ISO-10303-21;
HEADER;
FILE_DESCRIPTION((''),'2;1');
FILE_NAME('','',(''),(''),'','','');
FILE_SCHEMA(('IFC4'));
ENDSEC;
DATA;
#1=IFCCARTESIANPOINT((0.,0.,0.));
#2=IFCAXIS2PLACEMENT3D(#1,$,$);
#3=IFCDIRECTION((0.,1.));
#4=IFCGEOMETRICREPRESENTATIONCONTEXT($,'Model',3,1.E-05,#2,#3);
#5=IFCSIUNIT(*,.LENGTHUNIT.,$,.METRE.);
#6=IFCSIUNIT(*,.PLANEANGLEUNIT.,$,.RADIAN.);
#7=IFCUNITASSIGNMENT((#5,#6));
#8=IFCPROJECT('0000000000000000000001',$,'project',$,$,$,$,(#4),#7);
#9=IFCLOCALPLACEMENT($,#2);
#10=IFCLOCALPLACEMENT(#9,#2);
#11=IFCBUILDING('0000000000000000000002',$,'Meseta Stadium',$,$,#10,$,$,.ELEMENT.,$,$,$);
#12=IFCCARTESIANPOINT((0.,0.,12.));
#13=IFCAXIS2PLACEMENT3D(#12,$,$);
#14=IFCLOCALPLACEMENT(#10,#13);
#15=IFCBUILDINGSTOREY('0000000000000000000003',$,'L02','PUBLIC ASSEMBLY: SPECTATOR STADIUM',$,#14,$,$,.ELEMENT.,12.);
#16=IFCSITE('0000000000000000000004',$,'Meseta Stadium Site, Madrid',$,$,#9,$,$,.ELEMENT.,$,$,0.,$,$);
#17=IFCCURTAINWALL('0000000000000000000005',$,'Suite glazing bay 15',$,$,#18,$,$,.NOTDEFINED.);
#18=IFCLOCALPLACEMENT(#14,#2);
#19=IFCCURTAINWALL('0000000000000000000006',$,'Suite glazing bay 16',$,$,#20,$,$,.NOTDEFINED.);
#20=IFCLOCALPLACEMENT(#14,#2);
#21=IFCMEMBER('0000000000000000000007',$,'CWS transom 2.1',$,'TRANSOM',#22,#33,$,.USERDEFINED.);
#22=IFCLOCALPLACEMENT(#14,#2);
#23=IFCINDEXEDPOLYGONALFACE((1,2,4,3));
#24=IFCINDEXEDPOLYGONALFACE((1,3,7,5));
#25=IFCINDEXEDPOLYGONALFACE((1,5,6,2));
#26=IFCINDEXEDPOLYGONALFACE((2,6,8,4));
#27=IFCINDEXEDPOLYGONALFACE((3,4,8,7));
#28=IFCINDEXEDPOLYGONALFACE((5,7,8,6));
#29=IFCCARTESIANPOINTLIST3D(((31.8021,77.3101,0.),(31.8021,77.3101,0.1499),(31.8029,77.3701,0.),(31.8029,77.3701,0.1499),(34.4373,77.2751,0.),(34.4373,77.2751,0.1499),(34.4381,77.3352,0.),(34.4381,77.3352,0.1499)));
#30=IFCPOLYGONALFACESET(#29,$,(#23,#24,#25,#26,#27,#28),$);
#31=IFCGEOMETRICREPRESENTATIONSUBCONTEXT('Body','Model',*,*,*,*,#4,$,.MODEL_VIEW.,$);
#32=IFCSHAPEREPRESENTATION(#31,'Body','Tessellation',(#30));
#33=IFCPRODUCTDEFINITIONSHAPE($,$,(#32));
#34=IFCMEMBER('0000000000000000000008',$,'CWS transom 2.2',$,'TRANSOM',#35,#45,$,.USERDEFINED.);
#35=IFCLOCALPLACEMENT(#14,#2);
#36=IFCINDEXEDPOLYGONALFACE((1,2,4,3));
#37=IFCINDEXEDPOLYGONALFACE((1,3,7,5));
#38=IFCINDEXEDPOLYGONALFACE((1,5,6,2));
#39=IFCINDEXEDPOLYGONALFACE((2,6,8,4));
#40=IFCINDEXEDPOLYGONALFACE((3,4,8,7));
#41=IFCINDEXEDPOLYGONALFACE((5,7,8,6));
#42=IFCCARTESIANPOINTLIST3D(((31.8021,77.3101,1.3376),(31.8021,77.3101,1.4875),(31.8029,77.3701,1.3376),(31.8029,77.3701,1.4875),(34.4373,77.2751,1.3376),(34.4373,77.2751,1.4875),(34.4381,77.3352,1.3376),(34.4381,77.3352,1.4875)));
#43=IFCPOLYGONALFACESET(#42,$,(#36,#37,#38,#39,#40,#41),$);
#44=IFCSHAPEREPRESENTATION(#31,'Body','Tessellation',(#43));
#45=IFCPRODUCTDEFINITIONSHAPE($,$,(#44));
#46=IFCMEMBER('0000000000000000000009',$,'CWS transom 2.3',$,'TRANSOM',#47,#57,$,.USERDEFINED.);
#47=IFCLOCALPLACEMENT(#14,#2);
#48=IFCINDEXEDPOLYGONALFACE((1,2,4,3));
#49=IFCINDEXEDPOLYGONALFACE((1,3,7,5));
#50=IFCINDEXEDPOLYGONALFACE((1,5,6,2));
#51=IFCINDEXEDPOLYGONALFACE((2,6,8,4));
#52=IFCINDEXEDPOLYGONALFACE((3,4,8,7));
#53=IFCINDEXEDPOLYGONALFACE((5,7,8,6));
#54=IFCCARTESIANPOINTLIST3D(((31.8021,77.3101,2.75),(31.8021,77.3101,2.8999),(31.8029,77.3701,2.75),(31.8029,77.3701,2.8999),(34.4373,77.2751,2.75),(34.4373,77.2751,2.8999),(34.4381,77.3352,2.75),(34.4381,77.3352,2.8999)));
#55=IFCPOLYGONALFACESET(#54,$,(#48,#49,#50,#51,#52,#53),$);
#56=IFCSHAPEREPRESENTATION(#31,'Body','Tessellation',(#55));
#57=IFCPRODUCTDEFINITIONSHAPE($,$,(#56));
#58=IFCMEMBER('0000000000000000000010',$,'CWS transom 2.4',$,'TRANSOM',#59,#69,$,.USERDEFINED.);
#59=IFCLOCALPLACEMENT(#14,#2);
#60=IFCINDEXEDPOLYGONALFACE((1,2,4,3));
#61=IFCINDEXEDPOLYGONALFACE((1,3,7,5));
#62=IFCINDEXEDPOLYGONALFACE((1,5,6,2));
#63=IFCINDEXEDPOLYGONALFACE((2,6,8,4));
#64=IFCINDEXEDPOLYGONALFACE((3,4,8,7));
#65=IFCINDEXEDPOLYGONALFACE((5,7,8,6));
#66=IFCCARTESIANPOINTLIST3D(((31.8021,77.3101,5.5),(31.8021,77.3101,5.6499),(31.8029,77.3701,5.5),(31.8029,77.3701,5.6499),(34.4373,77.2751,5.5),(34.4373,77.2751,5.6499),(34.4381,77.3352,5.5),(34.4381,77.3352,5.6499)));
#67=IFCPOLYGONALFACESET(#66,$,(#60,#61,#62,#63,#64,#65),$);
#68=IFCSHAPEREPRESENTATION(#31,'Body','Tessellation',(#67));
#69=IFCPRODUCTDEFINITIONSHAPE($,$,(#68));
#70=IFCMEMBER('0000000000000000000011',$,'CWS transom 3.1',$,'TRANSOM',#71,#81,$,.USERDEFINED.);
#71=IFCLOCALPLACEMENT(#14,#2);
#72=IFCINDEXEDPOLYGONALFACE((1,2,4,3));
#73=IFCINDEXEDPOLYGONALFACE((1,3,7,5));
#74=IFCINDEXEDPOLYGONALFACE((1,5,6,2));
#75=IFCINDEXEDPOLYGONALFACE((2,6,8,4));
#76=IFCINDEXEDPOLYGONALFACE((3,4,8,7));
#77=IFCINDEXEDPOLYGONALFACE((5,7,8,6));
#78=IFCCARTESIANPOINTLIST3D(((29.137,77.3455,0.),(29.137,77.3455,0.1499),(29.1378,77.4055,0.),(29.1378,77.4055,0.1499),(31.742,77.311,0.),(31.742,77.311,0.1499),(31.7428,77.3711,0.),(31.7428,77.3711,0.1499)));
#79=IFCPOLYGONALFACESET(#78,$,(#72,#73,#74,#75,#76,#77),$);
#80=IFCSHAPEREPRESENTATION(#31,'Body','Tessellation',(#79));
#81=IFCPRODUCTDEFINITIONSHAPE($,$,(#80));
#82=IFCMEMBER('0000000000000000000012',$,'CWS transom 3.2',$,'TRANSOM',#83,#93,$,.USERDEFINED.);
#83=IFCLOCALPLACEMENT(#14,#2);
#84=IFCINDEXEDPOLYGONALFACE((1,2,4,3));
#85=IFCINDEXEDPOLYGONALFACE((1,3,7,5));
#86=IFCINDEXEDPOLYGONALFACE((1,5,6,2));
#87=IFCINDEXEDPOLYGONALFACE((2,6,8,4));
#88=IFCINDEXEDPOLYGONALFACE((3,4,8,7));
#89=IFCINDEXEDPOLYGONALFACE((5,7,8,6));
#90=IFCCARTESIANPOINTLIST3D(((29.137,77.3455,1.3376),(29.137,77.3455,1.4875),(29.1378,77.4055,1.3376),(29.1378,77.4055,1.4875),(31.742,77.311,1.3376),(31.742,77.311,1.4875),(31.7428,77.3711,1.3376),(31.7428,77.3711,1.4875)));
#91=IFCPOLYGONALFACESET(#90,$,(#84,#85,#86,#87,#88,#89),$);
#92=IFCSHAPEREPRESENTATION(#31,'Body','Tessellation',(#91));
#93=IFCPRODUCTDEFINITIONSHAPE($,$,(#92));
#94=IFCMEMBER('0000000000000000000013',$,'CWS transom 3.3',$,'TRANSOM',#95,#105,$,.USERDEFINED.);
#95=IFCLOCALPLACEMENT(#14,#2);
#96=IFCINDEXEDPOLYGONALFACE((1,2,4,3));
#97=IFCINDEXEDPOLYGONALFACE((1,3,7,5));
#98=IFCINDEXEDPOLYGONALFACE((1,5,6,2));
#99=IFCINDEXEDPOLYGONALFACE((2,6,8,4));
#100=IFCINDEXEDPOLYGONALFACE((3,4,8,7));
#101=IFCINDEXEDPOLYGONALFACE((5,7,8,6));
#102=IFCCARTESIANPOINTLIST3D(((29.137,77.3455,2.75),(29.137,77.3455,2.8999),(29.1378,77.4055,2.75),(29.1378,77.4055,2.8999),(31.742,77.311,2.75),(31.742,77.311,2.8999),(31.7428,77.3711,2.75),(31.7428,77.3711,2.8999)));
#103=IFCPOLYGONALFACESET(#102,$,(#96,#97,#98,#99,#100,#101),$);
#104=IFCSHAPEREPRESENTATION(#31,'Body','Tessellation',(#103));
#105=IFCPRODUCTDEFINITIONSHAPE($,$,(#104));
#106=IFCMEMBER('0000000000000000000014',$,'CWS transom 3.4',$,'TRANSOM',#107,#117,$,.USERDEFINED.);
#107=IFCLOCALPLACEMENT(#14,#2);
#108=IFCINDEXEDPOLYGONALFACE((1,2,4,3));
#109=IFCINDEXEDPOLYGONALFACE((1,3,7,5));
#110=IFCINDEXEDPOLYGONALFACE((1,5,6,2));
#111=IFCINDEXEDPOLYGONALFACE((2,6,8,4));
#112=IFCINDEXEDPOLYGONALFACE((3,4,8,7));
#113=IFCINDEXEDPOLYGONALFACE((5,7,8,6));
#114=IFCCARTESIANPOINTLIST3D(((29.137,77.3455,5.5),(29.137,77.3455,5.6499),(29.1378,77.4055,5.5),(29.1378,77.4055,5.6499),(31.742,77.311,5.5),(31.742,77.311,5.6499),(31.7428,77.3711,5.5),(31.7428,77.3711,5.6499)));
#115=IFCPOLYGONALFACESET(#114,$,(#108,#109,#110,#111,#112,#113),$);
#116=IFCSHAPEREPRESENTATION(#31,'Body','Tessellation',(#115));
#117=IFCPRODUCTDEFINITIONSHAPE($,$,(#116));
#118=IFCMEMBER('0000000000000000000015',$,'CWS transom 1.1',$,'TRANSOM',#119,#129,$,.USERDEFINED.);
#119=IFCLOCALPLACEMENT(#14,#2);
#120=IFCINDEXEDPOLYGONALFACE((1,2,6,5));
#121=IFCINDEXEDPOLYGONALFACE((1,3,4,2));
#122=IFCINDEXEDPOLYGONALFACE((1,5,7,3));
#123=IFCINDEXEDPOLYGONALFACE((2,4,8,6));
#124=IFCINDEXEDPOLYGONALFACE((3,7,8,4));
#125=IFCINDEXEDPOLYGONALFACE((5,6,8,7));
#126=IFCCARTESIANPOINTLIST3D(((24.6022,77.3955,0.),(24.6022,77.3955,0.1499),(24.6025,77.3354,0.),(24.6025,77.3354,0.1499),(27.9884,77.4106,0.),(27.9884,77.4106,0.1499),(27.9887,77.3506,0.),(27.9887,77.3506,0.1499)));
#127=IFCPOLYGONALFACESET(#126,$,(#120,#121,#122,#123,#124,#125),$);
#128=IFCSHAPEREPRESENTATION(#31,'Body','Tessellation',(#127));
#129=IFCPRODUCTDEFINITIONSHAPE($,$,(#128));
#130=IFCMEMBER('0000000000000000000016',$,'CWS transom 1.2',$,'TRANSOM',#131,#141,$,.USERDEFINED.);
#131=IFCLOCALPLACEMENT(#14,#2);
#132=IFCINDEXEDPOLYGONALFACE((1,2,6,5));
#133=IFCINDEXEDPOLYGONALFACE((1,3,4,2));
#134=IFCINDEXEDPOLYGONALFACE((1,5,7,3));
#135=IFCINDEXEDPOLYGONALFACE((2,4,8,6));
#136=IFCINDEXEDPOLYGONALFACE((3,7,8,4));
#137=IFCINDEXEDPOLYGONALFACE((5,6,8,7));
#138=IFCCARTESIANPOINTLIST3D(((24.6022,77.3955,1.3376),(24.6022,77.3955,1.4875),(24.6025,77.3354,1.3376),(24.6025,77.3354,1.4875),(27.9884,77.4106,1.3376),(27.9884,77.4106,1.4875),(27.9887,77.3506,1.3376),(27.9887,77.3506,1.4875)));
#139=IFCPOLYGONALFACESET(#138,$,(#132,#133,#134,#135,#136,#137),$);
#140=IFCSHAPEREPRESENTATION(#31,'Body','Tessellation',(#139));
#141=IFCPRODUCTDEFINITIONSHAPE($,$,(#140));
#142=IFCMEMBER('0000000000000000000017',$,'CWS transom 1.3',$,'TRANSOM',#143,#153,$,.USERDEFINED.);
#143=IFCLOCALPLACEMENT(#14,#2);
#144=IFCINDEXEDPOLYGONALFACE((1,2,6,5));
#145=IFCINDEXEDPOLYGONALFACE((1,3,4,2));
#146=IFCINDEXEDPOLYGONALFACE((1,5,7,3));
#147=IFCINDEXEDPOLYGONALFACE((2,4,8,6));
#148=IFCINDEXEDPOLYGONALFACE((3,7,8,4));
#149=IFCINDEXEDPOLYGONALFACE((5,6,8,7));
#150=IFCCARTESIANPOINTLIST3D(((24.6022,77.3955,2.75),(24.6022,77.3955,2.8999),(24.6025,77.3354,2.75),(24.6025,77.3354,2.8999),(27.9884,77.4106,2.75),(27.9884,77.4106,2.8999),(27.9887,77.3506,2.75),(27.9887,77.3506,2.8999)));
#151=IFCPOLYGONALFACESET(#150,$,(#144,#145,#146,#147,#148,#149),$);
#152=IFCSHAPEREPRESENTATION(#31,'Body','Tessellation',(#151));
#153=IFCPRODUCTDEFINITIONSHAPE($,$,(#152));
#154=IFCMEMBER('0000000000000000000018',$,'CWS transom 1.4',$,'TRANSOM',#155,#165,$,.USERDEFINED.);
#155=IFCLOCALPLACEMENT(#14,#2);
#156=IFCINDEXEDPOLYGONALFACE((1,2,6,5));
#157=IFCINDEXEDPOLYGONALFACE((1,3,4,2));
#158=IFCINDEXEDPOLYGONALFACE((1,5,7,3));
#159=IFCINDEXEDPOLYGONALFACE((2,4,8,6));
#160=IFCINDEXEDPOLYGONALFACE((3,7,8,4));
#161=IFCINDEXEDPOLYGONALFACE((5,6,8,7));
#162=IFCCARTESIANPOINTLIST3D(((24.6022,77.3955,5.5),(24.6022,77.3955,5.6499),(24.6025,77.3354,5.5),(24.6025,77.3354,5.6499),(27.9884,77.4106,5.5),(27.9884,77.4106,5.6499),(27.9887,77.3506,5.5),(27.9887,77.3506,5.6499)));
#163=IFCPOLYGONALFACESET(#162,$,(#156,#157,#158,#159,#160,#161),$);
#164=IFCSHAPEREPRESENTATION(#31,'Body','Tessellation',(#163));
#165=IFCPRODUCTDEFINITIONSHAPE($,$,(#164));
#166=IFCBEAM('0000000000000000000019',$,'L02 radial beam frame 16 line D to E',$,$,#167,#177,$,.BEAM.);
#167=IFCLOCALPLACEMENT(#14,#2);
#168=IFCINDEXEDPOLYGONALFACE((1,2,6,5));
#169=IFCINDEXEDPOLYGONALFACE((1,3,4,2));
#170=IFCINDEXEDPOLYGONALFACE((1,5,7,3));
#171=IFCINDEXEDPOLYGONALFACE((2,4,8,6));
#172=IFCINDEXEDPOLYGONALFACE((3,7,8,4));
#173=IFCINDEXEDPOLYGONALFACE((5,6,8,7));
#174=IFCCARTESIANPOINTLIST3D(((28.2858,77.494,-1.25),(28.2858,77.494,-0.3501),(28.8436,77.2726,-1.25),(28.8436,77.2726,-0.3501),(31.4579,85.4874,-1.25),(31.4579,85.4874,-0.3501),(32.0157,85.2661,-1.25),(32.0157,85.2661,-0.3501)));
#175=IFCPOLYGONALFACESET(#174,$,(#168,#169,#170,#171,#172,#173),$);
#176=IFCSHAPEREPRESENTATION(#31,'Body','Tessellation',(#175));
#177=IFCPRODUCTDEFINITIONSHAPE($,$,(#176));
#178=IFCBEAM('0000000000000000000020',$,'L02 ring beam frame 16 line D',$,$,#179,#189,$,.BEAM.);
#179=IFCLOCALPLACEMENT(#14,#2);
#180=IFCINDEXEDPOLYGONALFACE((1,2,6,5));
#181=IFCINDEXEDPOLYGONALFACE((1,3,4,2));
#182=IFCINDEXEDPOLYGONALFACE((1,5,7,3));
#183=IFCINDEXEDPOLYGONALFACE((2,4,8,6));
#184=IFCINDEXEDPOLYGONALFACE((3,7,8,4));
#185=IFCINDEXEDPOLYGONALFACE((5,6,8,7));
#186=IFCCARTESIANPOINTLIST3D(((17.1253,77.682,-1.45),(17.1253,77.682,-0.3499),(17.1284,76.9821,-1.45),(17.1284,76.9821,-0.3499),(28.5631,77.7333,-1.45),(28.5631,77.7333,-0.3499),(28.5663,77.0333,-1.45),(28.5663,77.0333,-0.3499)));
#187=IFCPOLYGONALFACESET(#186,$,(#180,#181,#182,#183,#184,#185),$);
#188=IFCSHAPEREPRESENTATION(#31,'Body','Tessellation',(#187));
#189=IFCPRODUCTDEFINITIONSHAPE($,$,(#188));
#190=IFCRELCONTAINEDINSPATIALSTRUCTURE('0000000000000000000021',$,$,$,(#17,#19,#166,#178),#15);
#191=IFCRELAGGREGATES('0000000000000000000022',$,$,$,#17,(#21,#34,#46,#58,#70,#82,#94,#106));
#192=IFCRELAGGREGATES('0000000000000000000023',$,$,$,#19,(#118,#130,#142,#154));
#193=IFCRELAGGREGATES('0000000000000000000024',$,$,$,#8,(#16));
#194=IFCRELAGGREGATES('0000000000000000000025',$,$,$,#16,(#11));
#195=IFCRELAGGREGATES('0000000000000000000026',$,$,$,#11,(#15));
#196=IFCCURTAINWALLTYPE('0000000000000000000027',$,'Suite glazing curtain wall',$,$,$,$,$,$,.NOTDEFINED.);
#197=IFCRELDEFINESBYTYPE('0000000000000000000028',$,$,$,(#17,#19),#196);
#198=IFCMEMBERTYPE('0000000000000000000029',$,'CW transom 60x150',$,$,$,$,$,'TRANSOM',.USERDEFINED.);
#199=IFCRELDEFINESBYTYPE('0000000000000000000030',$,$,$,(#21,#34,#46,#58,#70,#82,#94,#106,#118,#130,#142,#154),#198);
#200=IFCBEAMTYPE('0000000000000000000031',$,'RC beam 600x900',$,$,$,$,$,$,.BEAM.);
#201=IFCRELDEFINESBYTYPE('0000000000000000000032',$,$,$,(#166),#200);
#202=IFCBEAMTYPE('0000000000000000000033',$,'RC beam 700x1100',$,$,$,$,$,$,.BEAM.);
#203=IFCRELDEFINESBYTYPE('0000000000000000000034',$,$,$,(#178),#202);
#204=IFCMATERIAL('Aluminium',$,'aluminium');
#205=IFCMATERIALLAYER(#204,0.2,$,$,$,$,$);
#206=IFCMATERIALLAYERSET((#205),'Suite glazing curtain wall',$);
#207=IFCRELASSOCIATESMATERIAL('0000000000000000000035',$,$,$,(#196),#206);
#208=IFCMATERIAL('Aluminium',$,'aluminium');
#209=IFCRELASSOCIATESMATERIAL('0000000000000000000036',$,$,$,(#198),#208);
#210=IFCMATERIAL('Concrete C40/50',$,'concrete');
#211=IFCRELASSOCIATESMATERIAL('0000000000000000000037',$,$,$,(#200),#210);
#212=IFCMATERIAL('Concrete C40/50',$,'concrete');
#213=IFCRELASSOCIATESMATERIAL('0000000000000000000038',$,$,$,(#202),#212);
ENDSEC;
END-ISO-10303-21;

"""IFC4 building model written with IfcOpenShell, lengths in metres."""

from ifc_helpers import new_model, si_unit, direction, frame, origin, origin_2d, place, context, subcontext, project, spatial, rectangle, extrude, material, layer, layer_set, material_profile, profile_set, type_object, element, aggregate, save


model = new_model("IFC4")

# Units and contexts
model_context = context("Model", 3, precision=1e-05, world=origin(), true_north=direction((0.0, 1.0)))
body_context = subcontext(model_context, "Body", "Model", "MODEL_VIEW")
ifc_project = project(units=[si_unit("LENGTHUNIT", "METRE"), si_unit("PLANEANGLEUNIT", "RADIAN")], contexts=[model_context])

# Site, building, storey
site_placement = place(None, origin())
site = spatial("IfcSite", under=ifc_project, at=site_placement, Name="Meseta Stadium Site, Madrid", CompositionType="ELEMENT", RefElevation=0.0)
building_placement = place(site_placement, origin())
building = spatial("IfcBuilding", under=site, at=building_placement, Name="Meseta Stadium", CompositionType="ELEMENT")
storey_placement = place(building_placement, frame((0.0, 0.0, 12.0)))
storey = spatial("IfcBuildingStorey", under=building, at=storey_placement, Name="L02", Description="PUBLIC ASSEMBLY: SPECTATOR STADIUM", CompositionType="ELEMENT", Elevation=12.0)

# Curtain wall
ifc_material_1 = material(Name="Aluminium", Category="aluminium")
ifc_layer_1 = layer(ifc_material_1, 0.2)
ifc_layer_set_1 = layer_set([ifc_layer_1], Name="Suite glazing curtain wall")
curtain_wall_type = type_object("IfcCurtainWallType", Name="Suite glazing curtain wall", PredefinedType="NOTDEFINED", material=ifc_layer_set_1)
curtain_wall_1_placement = place(storey_placement, origin())
curtain_wall_1 = element("IfcCurtainWall", 1, at=curtain_wall_1_placement, inside=storey, type_object=curtain_wall_type, Name="Suite glazing bay 15", PredefinedType="NOTDEFINED")

# Curtain wall
curtain_wall_2_placement = place(storey_placement, origin())
curtain_wall_2 = element("IfcCurtainWall", 2, at=curtain_wall_2_placement, inside=storey, type_object=curtain_wall_type, Name="Suite glazing bay 16", PredefinedType="NOTDEFINED")

# Members
ifc_material_2 = material(Name="Aluminium", Category="aluminium")
ifc_material_profile_1 = material_profile(ifc_material_2, rectangle(XDim=0.0601, YDim=0.1499, at=origin_2d()), Name="CW 60x150")
ifc_profile_set_1 = profile_set([ifc_material_profile_1], Name="Aluminium")
member_type_1 = type_object("IfcMemberType", Name="CW transom 60x150", ElementType="TRANSOM", PredefinedType="USERDEFINED", material=ifc_profile_set_1)
member_1_placement = place(storey_placement, frame((34.4377, 77.3052, 0.075), z_axis=(-0.999912, 0.013247, 0.0), x_axis=(-0.013247, -0.999912, 0.0)))
member_1 = element("IfcMember", 3, at=member_1_placement, type_object=member_type_1, Name="CWS transom 2.1", ObjectType="TRANSOM", PredefinedType="USERDEFINED", context=body_context, shape_type="SweptSolid", body=[
    extrude(rectangle(XDim=0.0601, YDim=0.1499, at=origin_2d()), origin(), (0.0, 0.0, 1.0), 2.6355),
])
member_2_placement = place(storey_placement, frame((34.4377, 77.3052, 1.4126), z_axis=(-0.999912, 0.013247, 0.0), x_axis=(-0.013247, -0.999912, 0.0)))
member_2 = element("IfcMember", 4, at=member_2_placement, type_object=member_type_1, Name="CWS transom 2.2", ObjectType="TRANSOM", PredefinedType="USERDEFINED", context=body_context, shape_type="SweptSolid", body=[
    extrude(rectangle(XDim=0.0601, YDim=0.1499, at=origin_2d()), origin(), (0.0, 0.0, 1.0), 2.6355),
])
member_3_placement = place(storey_placement, frame((34.4377, 77.3052, 2.825), z_axis=(-0.999912, 0.013247, 0.0), x_axis=(-0.013247, -0.999912, 0.0)))
member_3 = element("IfcMember", 5, at=member_3_placement, type_object=member_type_1, Name="CWS transom 2.3", ObjectType="TRANSOM", PredefinedType="USERDEFINED", context=body_context, shape_type="SweptSolid", body=[
    extrude(rectangle(XDim=0.0601, YDim=0.1499, at=origin_2d()), origin(), (0.0, 0.0, 1.0), 2.6355),
])
member_4_placement = place(storey_placement, frame((34.4377, 77.3052, 5.575), z_axis=(-0.999912, 0.013247, 0.0), x_axis=(-0.013247, -0.999912, 0.0)))
member_4 = element("IfcMember", 6, at=member_4_placement, type_object=member_type_1, Name="CWS transom 2.4", ObjectType="TRANSOM", PredefinedType="USERDEFINED", context=body_context, shape_type="SweptSolid", body=[
    extrude(rectangle(XDim=0.0601, YDim=0.1499, at=origin_2d()), origin(), (0.0, 0.0, 1.0), 2.6355),
])
member_5_placement = place(storey_placement, frame((31.7424, 77.3411, 0.075), z_axis=(-0.999913, 0.013213, 0.0), x_axis=(-0.013213, -0.999913, 0.0)))
member_5 = element("IfcMember", 7, at=member_5_placement, type_object=member_type_1, Name="CWS transom 3.1", ObjectType="TRANSOM", PredefinedType="USERDEFINED", context=body_context, shape_type="SweptSolid", body=[
    extrude(rectangle(XDim=0.0601, YDim=0.1499, at=origin_2d()), origin(), (0.0, 0.0, 1.0), 2.6052),
])
member_6_placement = place(storey_placement, frame((31.7424, 77.3411, 1.4126), z_axis=(-0.999913, 0.013213, 0.0), x_axis=(-0.013213, -0.999913, 0.0)))
member_6 = element("IfcMember", 8, at=member_6_placement, type_object=member_type_1, Name="CWS transom 3.2", ObjectType="TRANSOM", PredefinedType="USERDEFINED", context=body_context, shape_type="SweptSolid", body=[
    extrude(rectangle(XDim=0.0601, YDim=0.1499, at=origin_2d()), origin(), (0.0, 0.0, 1.0), 2.6052),
])
member_7_placement = place(storey_placement, frame((31.7424, 77.3411, 2.825), z_axis=(-0.999913, 0.013213, 0.0), x_axis=(-0.013213, -0.999913, 0.0)))
member_7 = element("IfcMember", 9, at=member_7_placement, type_object=member_type_1, Name="CWS transom 3.3", ObjectType="TRANSOM", PredefinedType="USERDEFINED", context=body_context, shape_type="SweptSolid", body=[
    extrude(rectangle(XDim=0.0601, YDim=0.1499, at=origin_2d()), origin(), (0.0, 0.0, 1.0), 2.6052),
])
member_8_placement = place(storey_placement, frame((31.7424, 77.3411, 5.575), z_axis=(-0.999913, 0.013213, 0.0), x_axis=(-0.013213, -0.999913, 0.0)))
member_8 = element("IfcMember", 10, at=member_8_placement, type_object=member_type_1, Name="CWS transom 3.4", ObjectType="TRANSOM", PredefinedType="USERDEFINED", context=body_context, shape_type="SweptSolid", body=[
    extrude(rectangle(XDim=0.0601, YDim=0.1499, at=origin_2d()), origin(), (0.0, 0.0, 1.0), 2.6052),
])
member_9_placement = place(storey_placement, frame((27.9885, 77.3806, 0.075), z_axis=(-0.99999, -0.00447, 0.0), x_axis=(0.00447, -0.99999, 0.0)))
member_9 = element("IfcMember", 11, at=member_9_placement, type_object=member_type_1, Name="CWS transom 1.1", ObjectType="TRANSOM", PredefinedType="USERDEFINED", context=body_context, shape_type="SweptSolid", body=[
    extrude(rectangle(XDim=0.0601, YDim=0.1499, at=origin_2d()), origin(), (0.0, 0.0, 1.0), 3.3862),
])
member_10_placement = place(storey_placement, frame((27.9885, 77.3806, 1.4126), z_axis=(-0.99999, -0.00447, 0.0), x_axis=(0.00447, -0.99999, 0.0)))
member_10 = element("IfcMember", 12, at=member_10_placement, type_object=member_type_1, Name="CWS transom 1.2", ObjectType="TRANSOM", PredefinedType="USERDEFINED", context=body_context, shape_type="SweptSolid", body=[
    extrude(rectangle(XDim=0.0601, YDim=0.1499, at=origin_2d()), origin(), (0.0, 0.0, 1.0), 3.3862),
])
member_11_placement = place(storey_placement, frame((27.9885, 77.3806, 2.825), z_axis=(-0.99999, -0.00447, 0.0), x_axis=(0.00447, -0.99999, 0.0)))
member_11 = element("IfcMember", 13, at=member_11_placement, type_object=member_type_1, Name="CWS transom 1.3", ObjectType="TRANSOM", PredefinedType="USERDEFINED", context=body_context, shape_type="SweptSolid", body=[
    extrude(rectangle(XDim=0.0601, YDim=0.1499, at=origin_2d()), origin(), (0.0, 0.0, 1.0), 3.3862),
])
member_12_placement = place(storey_placement, frame((27.9885, 77.3806, 5.575), z_axis=(-0.99999, -0.00447, 0.0), x_axis=(0.00447, -0.99999, 0.0)))
member_12 = element("IfcMember", 14, at=member_12_placement, type_object=member_type_1, Name="CWS transom 1.4", ObjectType="TRANSOM", PredefinedType="USERDEFINED", context=body_context, shape_type="SweptSolid", body=[
    extrude(rectangle(XDim=0.0601, YDim=0.1499, at=origin_2d()), origin(), (0.0, 0.0, 1.0), 3.3862),
])

# Beams
ifc_material_3 = material(Name="Concrete C40/50", Category="concrete")
ifc_material_profile_2 = material_profile(ifc_material_3, rectangle(XDim=0.6001, YDim=0.8999, at=origin_2d()), Name="RC 600x900")
ifc_profile_set_2 = profile_set([ifc_material_profile_2], Name="Concrete C40/50")
beam_type_1 = type_object("IfcBeamType", Name="RC beam 600x900", PredefinedType="BEAM", material=ifc_profile_set_2)
beam_1_placement = place(storey_placement, frame((28.5647, 77.3833, -0.8), z_axis=(0.368859, 0.929485, 0.0), x_axis=(-0.929485, 0.368859, 0.0)))
element("IfcBeam", 15, at=beam_1_placement, inside=storey, type_object=beam_type_1, Name="L02 radial beam frame 16 line D to E", PredefinedType="BEAM", context=body_context, shape_type="SweptSolid", body=[
    extrude(rectangle(XDim=0.6001, YDim=0.8999, at=origin_2d()), origin(), (0.0, 0.0, 1.0), 8.5999),
])
ifc_material_4 = material(Name="Concrete C40/50", Category="concrete")
ifc_material_profile_3 = material_profile(ifc_material_4, rectangle(XDim=0.7, YDim=1.1001, at=origin_2d()), Name="RC 700x1100")
ifc_profile_set_3 = profile_set([ifc_material_profile_3], Name="Concrete C40/50")
beam_type_2 = type_object("IfcBeamType", Name="RC beam 700x1100", PredefinedType="BEAM", material=ifc_profile_set_3)
beam_2_placement = place(storey_placement, frame((28.5647, 77.3833, -0.8999), z_axis=(-0.99999, -0.004482, 0.0), x_axis=(0.004482, -0.99999, 0.0)))
element("IfcBeam", 16, at=beam_2_placement, inside=storey, type_object=beam_type_2, Name="L02 ring beam frame 16 line D", PredefinedType="BEAM", context=body_context, shape_type="SweptSolid", body=[
    extrude(rectangle(XDim=0.7, YDim=1.1001, at=origin_2d()), origin(), (0.0, 0.0, 1.0), 11.438),
])

aggregate(curtain_wall_1, [member_1, member_2, member_3, member_4, member_5, member_6, member_7, member_8])
aggregate(curtain_wall_2, [member_9, member_10, member_11, member_12])

save(model, "model.ifc")
